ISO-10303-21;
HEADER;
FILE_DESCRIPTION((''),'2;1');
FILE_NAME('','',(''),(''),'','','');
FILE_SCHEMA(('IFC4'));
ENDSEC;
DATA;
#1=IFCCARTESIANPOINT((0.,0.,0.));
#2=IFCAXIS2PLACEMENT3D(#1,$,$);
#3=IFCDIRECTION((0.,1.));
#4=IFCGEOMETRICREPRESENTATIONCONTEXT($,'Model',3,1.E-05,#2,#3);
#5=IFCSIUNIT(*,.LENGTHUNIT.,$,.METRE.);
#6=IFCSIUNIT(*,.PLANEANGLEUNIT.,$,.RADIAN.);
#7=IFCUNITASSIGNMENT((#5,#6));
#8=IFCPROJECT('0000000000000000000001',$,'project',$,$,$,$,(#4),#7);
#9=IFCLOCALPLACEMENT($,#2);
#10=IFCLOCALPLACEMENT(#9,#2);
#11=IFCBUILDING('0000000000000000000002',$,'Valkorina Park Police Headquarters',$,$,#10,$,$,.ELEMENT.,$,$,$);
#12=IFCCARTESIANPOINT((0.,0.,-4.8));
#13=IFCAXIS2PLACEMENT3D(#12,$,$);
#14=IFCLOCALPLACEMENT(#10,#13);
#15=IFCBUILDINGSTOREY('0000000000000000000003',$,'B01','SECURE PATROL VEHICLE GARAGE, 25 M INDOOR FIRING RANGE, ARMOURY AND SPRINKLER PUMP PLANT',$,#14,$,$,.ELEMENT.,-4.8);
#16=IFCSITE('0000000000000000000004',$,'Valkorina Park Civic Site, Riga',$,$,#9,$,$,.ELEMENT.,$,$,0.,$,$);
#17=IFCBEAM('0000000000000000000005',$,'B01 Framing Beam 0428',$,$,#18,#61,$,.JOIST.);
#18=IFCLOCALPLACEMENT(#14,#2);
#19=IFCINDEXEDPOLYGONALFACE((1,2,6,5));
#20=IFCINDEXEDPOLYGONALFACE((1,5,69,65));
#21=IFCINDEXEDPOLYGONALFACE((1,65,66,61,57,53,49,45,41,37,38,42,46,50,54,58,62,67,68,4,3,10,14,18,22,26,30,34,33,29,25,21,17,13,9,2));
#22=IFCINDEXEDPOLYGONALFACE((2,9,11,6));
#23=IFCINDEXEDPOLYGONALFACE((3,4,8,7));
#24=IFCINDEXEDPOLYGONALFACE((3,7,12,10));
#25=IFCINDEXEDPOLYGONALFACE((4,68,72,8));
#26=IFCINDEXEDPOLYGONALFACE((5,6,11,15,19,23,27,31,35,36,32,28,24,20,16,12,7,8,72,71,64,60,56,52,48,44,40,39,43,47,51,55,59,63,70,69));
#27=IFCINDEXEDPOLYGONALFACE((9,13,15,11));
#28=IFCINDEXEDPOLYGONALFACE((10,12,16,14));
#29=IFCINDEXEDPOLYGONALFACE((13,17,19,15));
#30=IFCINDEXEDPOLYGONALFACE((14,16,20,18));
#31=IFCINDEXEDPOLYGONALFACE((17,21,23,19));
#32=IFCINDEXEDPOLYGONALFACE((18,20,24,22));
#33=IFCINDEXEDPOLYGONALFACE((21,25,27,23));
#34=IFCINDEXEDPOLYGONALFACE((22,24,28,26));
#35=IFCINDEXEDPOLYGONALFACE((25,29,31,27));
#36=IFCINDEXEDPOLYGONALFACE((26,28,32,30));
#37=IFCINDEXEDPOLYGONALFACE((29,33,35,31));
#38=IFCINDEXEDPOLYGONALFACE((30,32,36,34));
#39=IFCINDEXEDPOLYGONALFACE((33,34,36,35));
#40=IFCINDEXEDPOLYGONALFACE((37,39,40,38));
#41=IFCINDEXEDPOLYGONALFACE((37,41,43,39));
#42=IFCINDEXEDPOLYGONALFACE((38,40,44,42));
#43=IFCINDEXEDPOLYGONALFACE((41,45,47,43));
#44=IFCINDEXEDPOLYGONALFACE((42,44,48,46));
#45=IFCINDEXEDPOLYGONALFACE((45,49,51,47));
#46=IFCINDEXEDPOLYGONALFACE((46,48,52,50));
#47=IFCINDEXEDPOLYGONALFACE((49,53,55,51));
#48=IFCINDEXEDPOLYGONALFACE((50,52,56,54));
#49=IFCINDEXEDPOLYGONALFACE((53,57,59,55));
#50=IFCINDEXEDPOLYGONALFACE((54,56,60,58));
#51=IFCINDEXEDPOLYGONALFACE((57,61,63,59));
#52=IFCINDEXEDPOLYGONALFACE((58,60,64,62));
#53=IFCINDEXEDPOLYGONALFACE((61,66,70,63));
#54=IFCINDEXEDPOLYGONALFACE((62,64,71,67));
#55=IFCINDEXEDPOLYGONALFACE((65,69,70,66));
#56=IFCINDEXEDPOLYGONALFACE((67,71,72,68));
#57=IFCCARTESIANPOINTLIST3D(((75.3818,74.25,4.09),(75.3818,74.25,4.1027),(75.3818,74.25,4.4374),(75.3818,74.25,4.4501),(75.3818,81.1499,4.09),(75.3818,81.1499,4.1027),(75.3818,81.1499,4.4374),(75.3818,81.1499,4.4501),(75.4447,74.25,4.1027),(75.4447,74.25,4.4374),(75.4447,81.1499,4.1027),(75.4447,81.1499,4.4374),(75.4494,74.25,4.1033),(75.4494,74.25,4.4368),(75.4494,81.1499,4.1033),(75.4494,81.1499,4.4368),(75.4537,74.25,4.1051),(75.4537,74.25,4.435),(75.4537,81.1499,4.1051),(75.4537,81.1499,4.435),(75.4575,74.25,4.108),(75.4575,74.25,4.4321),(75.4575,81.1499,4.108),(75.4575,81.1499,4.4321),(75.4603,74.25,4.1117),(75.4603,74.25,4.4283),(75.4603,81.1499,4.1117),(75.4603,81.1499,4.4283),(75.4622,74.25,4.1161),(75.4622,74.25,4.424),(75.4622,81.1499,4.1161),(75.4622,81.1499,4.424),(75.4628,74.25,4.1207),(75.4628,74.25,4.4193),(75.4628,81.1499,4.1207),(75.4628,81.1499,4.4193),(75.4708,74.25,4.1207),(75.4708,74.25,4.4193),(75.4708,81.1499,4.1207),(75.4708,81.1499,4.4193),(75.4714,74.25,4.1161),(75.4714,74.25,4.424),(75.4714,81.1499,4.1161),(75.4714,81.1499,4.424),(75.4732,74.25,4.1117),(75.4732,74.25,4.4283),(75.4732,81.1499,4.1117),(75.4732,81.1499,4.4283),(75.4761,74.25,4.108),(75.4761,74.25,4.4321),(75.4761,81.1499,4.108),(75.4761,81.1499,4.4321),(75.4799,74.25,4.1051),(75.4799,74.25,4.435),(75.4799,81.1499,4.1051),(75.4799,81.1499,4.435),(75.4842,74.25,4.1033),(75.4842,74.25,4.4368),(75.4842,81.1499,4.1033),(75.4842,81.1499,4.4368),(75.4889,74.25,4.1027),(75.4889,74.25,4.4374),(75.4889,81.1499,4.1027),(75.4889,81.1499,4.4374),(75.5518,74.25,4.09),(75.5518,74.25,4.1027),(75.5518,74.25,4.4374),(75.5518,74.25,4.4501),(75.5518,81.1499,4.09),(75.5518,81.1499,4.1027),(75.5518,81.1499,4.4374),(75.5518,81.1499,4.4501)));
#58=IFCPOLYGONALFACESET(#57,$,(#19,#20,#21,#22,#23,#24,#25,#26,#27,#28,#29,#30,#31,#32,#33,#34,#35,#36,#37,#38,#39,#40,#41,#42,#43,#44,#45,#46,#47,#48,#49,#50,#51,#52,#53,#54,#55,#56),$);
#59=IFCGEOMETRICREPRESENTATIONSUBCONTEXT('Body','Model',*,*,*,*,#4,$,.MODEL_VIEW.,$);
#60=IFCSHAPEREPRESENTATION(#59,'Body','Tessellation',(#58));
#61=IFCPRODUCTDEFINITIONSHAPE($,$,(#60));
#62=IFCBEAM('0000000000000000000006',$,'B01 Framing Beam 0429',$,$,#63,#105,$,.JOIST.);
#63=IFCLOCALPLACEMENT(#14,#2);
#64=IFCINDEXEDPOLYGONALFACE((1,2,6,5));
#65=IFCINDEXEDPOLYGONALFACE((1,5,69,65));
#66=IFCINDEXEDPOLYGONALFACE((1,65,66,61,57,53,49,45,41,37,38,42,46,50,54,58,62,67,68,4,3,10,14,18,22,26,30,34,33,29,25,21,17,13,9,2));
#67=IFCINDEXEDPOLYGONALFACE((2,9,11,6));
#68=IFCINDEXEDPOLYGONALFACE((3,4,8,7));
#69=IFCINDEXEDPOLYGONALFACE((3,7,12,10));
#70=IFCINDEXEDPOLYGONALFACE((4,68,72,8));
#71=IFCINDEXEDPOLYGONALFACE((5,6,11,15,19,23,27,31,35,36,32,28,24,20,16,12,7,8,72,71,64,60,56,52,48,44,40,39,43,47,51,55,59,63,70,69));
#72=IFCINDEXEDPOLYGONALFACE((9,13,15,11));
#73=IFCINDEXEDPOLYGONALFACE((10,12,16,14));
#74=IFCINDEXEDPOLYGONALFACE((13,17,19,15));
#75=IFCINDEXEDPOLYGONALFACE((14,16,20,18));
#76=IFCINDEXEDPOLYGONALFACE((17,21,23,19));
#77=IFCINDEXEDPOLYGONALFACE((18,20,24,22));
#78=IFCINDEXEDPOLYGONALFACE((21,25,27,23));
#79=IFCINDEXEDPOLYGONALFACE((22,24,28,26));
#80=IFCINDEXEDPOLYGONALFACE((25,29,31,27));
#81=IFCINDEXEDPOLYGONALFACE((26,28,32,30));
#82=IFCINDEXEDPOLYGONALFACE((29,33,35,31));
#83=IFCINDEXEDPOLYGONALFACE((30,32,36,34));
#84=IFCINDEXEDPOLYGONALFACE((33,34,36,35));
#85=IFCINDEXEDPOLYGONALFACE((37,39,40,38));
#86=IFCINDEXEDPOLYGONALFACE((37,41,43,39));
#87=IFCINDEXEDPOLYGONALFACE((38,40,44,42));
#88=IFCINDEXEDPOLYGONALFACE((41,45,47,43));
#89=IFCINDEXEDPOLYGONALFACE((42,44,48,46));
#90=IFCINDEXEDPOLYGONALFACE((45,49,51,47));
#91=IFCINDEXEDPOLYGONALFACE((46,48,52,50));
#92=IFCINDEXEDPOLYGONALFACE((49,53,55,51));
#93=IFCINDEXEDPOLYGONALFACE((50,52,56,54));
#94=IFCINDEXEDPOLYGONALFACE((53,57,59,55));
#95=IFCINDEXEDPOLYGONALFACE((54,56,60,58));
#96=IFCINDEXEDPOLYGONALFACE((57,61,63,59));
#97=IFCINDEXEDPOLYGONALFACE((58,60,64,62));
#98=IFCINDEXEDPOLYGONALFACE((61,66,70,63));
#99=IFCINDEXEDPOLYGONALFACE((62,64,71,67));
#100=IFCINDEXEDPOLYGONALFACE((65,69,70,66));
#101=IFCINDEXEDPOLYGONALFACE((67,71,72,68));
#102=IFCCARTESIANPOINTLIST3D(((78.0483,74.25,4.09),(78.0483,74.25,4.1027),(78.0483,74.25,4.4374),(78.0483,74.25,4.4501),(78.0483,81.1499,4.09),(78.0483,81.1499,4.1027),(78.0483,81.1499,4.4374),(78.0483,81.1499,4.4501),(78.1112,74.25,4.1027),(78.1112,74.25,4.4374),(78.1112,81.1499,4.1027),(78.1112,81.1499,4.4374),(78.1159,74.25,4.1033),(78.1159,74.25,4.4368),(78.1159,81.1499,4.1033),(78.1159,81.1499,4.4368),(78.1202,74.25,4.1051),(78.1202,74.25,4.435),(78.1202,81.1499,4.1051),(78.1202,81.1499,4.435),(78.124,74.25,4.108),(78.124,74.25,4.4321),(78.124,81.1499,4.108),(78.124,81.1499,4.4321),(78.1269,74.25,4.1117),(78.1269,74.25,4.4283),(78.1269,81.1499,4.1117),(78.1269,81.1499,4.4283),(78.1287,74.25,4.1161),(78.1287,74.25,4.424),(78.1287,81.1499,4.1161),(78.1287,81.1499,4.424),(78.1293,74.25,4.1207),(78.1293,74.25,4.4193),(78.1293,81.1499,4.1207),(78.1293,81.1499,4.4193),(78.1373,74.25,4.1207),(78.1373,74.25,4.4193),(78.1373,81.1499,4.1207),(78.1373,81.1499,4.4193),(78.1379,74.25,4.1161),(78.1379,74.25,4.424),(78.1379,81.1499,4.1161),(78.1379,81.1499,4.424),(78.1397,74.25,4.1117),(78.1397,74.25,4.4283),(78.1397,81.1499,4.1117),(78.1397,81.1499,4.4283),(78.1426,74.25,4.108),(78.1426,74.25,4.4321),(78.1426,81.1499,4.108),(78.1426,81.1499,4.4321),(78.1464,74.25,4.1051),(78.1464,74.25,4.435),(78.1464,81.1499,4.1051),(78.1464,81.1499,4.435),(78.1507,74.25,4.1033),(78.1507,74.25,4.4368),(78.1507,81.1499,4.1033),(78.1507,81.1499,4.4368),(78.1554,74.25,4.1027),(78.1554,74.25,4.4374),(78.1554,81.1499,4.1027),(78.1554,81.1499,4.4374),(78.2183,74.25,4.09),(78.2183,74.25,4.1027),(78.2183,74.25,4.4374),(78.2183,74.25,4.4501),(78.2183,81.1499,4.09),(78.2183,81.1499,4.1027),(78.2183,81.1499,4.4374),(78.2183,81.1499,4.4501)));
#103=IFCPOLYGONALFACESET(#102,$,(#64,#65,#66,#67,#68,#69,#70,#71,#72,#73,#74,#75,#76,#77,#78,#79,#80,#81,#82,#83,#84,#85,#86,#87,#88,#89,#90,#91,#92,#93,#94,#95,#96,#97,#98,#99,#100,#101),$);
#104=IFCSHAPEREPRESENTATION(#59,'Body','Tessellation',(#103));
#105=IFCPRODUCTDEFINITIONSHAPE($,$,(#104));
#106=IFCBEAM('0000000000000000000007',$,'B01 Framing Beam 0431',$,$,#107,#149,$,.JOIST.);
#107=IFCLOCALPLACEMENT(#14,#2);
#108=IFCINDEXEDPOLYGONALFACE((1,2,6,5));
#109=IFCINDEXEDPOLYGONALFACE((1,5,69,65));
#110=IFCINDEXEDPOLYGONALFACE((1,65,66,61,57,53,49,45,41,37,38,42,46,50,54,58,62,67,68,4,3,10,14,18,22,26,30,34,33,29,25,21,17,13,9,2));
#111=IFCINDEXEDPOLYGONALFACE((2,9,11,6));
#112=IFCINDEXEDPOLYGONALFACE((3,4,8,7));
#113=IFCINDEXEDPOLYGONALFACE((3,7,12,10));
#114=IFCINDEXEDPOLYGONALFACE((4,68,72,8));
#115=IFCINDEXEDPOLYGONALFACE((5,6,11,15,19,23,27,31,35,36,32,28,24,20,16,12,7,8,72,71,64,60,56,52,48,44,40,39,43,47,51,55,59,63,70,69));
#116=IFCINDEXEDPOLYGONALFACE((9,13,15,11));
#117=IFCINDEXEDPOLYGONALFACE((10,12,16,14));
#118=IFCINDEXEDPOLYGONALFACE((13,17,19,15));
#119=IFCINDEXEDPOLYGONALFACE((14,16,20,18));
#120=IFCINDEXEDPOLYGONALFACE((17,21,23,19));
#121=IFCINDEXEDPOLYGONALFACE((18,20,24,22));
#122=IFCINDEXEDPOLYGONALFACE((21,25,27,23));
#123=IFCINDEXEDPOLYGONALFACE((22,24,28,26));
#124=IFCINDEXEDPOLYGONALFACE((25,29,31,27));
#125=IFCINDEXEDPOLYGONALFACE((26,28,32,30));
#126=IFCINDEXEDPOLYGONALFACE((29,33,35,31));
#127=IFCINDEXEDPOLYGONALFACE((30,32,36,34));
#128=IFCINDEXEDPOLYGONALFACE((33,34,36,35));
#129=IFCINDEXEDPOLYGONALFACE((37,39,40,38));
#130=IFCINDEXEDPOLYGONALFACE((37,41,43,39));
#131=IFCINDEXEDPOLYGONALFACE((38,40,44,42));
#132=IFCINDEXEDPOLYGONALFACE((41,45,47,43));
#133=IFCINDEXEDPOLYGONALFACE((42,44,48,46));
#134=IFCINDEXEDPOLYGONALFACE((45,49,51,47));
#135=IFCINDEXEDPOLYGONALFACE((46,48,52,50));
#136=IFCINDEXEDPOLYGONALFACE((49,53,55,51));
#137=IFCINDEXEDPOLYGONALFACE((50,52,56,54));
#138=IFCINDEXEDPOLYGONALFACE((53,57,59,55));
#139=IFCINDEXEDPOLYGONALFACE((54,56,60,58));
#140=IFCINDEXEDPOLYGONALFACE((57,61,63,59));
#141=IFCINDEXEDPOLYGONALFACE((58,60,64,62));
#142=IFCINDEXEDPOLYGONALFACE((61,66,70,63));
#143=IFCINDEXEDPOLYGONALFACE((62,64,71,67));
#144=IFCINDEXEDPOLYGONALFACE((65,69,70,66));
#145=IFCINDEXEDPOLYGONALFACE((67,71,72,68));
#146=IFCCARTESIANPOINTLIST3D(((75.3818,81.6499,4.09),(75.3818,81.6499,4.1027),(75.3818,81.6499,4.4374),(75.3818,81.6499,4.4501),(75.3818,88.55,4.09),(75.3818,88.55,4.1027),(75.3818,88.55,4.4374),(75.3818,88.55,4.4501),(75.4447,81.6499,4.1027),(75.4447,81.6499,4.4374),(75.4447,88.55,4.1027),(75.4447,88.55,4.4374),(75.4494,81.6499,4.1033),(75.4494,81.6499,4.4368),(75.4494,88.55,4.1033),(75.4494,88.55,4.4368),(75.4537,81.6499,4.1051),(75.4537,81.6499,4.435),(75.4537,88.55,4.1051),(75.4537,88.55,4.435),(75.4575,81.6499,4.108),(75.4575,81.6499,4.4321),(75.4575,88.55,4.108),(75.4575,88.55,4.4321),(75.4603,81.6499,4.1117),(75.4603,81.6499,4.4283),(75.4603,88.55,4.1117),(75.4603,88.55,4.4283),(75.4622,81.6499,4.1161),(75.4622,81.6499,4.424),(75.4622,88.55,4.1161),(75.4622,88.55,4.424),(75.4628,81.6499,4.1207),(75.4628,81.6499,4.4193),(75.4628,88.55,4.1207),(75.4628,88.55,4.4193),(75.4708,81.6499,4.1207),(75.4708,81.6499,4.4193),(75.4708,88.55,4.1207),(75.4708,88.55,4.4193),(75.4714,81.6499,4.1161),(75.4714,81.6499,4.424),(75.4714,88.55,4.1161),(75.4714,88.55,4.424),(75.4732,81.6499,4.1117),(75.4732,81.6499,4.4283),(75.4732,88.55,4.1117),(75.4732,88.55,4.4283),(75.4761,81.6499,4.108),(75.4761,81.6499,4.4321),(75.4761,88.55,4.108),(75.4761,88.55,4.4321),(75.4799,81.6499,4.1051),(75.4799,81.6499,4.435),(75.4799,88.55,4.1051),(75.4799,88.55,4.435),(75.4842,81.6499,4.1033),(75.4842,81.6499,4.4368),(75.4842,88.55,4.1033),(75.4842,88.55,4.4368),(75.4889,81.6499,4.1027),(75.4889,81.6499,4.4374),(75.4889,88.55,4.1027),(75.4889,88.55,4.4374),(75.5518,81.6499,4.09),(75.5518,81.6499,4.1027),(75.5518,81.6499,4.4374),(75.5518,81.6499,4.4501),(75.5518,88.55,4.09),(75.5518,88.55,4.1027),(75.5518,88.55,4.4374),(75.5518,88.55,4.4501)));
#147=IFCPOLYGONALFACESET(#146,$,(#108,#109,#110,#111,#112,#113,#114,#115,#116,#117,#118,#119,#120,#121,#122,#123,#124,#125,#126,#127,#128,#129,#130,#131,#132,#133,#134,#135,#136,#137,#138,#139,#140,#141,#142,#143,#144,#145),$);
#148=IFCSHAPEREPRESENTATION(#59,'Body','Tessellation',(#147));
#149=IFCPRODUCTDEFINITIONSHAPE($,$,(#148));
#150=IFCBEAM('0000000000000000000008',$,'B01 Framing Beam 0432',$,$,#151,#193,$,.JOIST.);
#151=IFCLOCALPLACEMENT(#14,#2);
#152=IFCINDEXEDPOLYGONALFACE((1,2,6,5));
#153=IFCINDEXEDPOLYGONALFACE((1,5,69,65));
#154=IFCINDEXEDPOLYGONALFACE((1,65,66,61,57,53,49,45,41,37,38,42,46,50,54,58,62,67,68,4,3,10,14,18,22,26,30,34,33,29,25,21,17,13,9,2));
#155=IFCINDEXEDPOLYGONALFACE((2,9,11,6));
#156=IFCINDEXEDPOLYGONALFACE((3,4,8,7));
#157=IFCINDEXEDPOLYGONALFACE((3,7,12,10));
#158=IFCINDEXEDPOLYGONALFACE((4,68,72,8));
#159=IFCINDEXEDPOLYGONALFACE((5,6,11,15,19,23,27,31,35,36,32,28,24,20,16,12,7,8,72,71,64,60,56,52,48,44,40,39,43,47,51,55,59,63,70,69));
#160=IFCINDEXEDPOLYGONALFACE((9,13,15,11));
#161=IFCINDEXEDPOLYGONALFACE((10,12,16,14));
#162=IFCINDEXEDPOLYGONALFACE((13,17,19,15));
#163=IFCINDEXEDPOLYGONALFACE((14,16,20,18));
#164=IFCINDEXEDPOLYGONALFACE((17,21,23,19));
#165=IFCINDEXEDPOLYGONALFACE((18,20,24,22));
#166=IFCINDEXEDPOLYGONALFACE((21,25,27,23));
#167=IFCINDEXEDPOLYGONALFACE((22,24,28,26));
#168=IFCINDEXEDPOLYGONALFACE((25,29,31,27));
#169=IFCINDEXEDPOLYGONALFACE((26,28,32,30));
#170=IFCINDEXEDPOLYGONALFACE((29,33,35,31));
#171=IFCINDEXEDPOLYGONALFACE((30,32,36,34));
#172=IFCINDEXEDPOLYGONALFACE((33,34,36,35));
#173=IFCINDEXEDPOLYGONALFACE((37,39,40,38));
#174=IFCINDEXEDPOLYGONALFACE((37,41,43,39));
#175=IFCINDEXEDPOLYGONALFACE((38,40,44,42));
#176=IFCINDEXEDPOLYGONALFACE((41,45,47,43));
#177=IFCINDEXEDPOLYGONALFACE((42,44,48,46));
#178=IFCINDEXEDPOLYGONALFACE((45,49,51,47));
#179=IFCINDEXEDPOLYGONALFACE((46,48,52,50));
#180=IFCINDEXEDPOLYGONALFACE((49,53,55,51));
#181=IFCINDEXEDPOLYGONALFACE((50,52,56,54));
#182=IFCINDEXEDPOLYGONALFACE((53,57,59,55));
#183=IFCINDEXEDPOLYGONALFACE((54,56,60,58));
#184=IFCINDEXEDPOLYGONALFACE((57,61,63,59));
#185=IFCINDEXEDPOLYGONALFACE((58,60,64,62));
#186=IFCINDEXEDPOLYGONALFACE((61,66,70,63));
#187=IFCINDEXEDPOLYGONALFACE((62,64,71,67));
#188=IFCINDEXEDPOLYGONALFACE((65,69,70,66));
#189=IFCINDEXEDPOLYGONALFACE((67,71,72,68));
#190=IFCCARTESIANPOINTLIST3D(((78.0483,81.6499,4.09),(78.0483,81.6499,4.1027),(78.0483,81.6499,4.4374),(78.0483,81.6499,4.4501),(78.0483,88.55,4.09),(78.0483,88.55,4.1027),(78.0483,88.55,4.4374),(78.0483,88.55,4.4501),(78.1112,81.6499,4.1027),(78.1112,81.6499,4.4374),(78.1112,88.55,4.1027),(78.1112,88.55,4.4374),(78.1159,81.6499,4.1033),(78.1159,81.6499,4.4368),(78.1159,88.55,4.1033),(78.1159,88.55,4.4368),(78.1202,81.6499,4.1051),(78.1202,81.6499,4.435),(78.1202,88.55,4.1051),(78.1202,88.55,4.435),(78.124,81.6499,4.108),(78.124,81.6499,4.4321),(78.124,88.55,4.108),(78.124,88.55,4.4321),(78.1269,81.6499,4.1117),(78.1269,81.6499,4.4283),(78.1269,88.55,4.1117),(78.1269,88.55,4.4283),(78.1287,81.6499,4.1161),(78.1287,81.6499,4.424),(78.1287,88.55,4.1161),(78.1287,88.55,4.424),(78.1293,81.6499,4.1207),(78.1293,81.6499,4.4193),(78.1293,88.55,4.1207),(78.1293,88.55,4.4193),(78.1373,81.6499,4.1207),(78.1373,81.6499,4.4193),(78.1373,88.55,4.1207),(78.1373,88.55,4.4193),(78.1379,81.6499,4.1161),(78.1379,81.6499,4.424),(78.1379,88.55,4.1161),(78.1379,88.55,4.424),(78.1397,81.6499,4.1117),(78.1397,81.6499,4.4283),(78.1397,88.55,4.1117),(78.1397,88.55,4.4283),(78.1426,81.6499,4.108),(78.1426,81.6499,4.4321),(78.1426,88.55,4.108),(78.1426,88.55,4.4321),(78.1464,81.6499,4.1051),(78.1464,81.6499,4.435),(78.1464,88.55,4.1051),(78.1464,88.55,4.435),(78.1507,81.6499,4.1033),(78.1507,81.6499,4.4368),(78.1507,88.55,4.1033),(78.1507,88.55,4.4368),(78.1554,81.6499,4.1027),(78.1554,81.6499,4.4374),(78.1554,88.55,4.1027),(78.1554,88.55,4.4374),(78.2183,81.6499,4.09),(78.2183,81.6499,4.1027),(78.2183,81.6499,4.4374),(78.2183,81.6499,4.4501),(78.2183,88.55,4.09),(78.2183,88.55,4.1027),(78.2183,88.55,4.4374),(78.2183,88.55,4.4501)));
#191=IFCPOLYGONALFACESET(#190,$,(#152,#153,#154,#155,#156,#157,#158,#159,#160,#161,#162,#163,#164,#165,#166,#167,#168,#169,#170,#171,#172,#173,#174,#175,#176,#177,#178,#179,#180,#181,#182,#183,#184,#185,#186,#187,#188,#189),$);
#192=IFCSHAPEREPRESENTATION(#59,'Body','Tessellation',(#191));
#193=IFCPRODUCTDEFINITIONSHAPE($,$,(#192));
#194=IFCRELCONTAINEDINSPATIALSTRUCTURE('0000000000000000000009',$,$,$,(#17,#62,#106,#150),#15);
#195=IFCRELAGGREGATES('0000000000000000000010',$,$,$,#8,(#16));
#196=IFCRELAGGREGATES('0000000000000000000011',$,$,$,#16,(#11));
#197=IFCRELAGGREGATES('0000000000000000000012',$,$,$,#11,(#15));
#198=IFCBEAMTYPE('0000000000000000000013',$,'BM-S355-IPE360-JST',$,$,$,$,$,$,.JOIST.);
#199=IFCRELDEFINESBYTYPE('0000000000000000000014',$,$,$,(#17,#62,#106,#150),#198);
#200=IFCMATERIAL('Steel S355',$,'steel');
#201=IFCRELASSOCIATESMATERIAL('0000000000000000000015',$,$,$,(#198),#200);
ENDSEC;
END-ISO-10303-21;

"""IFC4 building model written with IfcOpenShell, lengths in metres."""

from ifc_helpers import new_model, si_unit, direction, frame, origin, origin_2d, place, context, subcontext, project, spatial, i_section, extrude, material, material_profile, profile_set, type_object, element, save


model = new_model("IFC4")

# Units and contexts
model_context = context("Model", 3, precision=1e-05, world=origin(), true_north=direction((0.0, 1.0)))
body_context = subcontext(model_context, "Body", "Model", "MODEL_VIEW")
ifc_project = project(units=[si_unit("LENGTHUNIT", "METRE"), si_unit("PLANEANGLEUNIT", "RADIAN")], contexts=[model_context])

# Site, building, storey
site_placement = place(None, origin())
site = spatial("IfcSite", under=ifc_project, at=site_placement, Name="Valkorina Park Civic Site, Riga", CompositionType="ELEMENT", RefElevation=0.0)
building_placement = place(site_placement, origin())
building = spatial("IfcBuilding", under=site, at=building_placement, Name="Valkorina Park Police Headquarters", CompositionType="ELEMENT")
storey_placement = place(building_placement, frame((0.0, 0.0, -4.8)))
storey = spatial("IfcBuildingStorey", under=building, at=storey_placement, Name="B01", Description="SECURE PATROL VEHICLE GARAGE, 25 M INDOOR FIRING RANGE, ARMOURY AND SPRINKLER PUMP PLANT", CompositionType="ELEMENT", Elevation=-4.8)

# Beams
ifc_material_1 = material(Name="Steel S355", Category="steel")
ifc_material_profile_1 = material_profile(ifc_material_1, i_section(OverallWidth=0.1699, OverallDepth=0.3601, WebThickness=0.0081, FlangeThickness=0.0127, FilletRadius=0.0181, at=origin_2d()), Name="IPE 360")
ifc_profile_set_1 = profile_set([ifc_material_profile_1], Name="Steel S355")
beam_type_1 = type_object("IfcBeamType", Name="BM-S355-IPE360-JST", PredefinedType="JOIST", material=ifc_profile_set_1)
for number, where, z_axis, x_axis, name in (
    (1, (75.4668, 74.25, 4.27), (0.0, 1.0, 0.0), (-1.0, 0.0, 0.0), "B01 Framing Beam 0428"),
    (2, (78.1333, 74.25, 4.27), (0.0, 1.0, 0.0), (-1.0, 0.0, 0.0), "B01 Framing Beam 0429"),
):
    element("IfcBeam", number, at=place(storey_placement, frame(where, z_axis=z_axis, x_axis=x_axis)), inside=storey, type_object=beam_type_1, Name=name, PredefinedType="JOIST", context=body_context, shape_type="SweptSolid", body=[
        extrude(i_section(OverallWidth=0.1699, OverallDepth=0.3601, WebThickness=0.0081, FlangeThickness=0.0127, FilletRadius=0.0181, at=origin_2d()), origin(), (0.0, 0.0, 1.0), 6.8999),
    ])
for number, where, z_axis, x_axis, name in (
    (3, (75.4668, 81.6499, 4.27), (0.0, 1.0, 0.0), (-1.0, 0.0, 0.0), "B01 Framing Beam 0431"),
    (4, (78.1333, 81.6499, 4.27), (0.0, 1.0, 0.0), (-1.0, 0.0, 0.0), "B01 Framing Beam 0432"),
):
    element("IfcBeam", number, at=place(storey_placement, frame(where, z_axis=z_axis, x_axis=x_axis)), inside=storey, type_object=beam_type_1, Name=name, PredefinedType="JOIST", context=body_context, shape_type="SweptSolid", body=[
        extrude(i_section(OverallWidth=0.1699, OverallDepth=0.3601, WebThickness=0.0081, FlangeThickness=0.0127, FilletRadius=0.0181, at=origin_2d()), origin(), (0.0, 0.0, 1.0), 6.9001),
    ])

save(model, "model.ifc")
